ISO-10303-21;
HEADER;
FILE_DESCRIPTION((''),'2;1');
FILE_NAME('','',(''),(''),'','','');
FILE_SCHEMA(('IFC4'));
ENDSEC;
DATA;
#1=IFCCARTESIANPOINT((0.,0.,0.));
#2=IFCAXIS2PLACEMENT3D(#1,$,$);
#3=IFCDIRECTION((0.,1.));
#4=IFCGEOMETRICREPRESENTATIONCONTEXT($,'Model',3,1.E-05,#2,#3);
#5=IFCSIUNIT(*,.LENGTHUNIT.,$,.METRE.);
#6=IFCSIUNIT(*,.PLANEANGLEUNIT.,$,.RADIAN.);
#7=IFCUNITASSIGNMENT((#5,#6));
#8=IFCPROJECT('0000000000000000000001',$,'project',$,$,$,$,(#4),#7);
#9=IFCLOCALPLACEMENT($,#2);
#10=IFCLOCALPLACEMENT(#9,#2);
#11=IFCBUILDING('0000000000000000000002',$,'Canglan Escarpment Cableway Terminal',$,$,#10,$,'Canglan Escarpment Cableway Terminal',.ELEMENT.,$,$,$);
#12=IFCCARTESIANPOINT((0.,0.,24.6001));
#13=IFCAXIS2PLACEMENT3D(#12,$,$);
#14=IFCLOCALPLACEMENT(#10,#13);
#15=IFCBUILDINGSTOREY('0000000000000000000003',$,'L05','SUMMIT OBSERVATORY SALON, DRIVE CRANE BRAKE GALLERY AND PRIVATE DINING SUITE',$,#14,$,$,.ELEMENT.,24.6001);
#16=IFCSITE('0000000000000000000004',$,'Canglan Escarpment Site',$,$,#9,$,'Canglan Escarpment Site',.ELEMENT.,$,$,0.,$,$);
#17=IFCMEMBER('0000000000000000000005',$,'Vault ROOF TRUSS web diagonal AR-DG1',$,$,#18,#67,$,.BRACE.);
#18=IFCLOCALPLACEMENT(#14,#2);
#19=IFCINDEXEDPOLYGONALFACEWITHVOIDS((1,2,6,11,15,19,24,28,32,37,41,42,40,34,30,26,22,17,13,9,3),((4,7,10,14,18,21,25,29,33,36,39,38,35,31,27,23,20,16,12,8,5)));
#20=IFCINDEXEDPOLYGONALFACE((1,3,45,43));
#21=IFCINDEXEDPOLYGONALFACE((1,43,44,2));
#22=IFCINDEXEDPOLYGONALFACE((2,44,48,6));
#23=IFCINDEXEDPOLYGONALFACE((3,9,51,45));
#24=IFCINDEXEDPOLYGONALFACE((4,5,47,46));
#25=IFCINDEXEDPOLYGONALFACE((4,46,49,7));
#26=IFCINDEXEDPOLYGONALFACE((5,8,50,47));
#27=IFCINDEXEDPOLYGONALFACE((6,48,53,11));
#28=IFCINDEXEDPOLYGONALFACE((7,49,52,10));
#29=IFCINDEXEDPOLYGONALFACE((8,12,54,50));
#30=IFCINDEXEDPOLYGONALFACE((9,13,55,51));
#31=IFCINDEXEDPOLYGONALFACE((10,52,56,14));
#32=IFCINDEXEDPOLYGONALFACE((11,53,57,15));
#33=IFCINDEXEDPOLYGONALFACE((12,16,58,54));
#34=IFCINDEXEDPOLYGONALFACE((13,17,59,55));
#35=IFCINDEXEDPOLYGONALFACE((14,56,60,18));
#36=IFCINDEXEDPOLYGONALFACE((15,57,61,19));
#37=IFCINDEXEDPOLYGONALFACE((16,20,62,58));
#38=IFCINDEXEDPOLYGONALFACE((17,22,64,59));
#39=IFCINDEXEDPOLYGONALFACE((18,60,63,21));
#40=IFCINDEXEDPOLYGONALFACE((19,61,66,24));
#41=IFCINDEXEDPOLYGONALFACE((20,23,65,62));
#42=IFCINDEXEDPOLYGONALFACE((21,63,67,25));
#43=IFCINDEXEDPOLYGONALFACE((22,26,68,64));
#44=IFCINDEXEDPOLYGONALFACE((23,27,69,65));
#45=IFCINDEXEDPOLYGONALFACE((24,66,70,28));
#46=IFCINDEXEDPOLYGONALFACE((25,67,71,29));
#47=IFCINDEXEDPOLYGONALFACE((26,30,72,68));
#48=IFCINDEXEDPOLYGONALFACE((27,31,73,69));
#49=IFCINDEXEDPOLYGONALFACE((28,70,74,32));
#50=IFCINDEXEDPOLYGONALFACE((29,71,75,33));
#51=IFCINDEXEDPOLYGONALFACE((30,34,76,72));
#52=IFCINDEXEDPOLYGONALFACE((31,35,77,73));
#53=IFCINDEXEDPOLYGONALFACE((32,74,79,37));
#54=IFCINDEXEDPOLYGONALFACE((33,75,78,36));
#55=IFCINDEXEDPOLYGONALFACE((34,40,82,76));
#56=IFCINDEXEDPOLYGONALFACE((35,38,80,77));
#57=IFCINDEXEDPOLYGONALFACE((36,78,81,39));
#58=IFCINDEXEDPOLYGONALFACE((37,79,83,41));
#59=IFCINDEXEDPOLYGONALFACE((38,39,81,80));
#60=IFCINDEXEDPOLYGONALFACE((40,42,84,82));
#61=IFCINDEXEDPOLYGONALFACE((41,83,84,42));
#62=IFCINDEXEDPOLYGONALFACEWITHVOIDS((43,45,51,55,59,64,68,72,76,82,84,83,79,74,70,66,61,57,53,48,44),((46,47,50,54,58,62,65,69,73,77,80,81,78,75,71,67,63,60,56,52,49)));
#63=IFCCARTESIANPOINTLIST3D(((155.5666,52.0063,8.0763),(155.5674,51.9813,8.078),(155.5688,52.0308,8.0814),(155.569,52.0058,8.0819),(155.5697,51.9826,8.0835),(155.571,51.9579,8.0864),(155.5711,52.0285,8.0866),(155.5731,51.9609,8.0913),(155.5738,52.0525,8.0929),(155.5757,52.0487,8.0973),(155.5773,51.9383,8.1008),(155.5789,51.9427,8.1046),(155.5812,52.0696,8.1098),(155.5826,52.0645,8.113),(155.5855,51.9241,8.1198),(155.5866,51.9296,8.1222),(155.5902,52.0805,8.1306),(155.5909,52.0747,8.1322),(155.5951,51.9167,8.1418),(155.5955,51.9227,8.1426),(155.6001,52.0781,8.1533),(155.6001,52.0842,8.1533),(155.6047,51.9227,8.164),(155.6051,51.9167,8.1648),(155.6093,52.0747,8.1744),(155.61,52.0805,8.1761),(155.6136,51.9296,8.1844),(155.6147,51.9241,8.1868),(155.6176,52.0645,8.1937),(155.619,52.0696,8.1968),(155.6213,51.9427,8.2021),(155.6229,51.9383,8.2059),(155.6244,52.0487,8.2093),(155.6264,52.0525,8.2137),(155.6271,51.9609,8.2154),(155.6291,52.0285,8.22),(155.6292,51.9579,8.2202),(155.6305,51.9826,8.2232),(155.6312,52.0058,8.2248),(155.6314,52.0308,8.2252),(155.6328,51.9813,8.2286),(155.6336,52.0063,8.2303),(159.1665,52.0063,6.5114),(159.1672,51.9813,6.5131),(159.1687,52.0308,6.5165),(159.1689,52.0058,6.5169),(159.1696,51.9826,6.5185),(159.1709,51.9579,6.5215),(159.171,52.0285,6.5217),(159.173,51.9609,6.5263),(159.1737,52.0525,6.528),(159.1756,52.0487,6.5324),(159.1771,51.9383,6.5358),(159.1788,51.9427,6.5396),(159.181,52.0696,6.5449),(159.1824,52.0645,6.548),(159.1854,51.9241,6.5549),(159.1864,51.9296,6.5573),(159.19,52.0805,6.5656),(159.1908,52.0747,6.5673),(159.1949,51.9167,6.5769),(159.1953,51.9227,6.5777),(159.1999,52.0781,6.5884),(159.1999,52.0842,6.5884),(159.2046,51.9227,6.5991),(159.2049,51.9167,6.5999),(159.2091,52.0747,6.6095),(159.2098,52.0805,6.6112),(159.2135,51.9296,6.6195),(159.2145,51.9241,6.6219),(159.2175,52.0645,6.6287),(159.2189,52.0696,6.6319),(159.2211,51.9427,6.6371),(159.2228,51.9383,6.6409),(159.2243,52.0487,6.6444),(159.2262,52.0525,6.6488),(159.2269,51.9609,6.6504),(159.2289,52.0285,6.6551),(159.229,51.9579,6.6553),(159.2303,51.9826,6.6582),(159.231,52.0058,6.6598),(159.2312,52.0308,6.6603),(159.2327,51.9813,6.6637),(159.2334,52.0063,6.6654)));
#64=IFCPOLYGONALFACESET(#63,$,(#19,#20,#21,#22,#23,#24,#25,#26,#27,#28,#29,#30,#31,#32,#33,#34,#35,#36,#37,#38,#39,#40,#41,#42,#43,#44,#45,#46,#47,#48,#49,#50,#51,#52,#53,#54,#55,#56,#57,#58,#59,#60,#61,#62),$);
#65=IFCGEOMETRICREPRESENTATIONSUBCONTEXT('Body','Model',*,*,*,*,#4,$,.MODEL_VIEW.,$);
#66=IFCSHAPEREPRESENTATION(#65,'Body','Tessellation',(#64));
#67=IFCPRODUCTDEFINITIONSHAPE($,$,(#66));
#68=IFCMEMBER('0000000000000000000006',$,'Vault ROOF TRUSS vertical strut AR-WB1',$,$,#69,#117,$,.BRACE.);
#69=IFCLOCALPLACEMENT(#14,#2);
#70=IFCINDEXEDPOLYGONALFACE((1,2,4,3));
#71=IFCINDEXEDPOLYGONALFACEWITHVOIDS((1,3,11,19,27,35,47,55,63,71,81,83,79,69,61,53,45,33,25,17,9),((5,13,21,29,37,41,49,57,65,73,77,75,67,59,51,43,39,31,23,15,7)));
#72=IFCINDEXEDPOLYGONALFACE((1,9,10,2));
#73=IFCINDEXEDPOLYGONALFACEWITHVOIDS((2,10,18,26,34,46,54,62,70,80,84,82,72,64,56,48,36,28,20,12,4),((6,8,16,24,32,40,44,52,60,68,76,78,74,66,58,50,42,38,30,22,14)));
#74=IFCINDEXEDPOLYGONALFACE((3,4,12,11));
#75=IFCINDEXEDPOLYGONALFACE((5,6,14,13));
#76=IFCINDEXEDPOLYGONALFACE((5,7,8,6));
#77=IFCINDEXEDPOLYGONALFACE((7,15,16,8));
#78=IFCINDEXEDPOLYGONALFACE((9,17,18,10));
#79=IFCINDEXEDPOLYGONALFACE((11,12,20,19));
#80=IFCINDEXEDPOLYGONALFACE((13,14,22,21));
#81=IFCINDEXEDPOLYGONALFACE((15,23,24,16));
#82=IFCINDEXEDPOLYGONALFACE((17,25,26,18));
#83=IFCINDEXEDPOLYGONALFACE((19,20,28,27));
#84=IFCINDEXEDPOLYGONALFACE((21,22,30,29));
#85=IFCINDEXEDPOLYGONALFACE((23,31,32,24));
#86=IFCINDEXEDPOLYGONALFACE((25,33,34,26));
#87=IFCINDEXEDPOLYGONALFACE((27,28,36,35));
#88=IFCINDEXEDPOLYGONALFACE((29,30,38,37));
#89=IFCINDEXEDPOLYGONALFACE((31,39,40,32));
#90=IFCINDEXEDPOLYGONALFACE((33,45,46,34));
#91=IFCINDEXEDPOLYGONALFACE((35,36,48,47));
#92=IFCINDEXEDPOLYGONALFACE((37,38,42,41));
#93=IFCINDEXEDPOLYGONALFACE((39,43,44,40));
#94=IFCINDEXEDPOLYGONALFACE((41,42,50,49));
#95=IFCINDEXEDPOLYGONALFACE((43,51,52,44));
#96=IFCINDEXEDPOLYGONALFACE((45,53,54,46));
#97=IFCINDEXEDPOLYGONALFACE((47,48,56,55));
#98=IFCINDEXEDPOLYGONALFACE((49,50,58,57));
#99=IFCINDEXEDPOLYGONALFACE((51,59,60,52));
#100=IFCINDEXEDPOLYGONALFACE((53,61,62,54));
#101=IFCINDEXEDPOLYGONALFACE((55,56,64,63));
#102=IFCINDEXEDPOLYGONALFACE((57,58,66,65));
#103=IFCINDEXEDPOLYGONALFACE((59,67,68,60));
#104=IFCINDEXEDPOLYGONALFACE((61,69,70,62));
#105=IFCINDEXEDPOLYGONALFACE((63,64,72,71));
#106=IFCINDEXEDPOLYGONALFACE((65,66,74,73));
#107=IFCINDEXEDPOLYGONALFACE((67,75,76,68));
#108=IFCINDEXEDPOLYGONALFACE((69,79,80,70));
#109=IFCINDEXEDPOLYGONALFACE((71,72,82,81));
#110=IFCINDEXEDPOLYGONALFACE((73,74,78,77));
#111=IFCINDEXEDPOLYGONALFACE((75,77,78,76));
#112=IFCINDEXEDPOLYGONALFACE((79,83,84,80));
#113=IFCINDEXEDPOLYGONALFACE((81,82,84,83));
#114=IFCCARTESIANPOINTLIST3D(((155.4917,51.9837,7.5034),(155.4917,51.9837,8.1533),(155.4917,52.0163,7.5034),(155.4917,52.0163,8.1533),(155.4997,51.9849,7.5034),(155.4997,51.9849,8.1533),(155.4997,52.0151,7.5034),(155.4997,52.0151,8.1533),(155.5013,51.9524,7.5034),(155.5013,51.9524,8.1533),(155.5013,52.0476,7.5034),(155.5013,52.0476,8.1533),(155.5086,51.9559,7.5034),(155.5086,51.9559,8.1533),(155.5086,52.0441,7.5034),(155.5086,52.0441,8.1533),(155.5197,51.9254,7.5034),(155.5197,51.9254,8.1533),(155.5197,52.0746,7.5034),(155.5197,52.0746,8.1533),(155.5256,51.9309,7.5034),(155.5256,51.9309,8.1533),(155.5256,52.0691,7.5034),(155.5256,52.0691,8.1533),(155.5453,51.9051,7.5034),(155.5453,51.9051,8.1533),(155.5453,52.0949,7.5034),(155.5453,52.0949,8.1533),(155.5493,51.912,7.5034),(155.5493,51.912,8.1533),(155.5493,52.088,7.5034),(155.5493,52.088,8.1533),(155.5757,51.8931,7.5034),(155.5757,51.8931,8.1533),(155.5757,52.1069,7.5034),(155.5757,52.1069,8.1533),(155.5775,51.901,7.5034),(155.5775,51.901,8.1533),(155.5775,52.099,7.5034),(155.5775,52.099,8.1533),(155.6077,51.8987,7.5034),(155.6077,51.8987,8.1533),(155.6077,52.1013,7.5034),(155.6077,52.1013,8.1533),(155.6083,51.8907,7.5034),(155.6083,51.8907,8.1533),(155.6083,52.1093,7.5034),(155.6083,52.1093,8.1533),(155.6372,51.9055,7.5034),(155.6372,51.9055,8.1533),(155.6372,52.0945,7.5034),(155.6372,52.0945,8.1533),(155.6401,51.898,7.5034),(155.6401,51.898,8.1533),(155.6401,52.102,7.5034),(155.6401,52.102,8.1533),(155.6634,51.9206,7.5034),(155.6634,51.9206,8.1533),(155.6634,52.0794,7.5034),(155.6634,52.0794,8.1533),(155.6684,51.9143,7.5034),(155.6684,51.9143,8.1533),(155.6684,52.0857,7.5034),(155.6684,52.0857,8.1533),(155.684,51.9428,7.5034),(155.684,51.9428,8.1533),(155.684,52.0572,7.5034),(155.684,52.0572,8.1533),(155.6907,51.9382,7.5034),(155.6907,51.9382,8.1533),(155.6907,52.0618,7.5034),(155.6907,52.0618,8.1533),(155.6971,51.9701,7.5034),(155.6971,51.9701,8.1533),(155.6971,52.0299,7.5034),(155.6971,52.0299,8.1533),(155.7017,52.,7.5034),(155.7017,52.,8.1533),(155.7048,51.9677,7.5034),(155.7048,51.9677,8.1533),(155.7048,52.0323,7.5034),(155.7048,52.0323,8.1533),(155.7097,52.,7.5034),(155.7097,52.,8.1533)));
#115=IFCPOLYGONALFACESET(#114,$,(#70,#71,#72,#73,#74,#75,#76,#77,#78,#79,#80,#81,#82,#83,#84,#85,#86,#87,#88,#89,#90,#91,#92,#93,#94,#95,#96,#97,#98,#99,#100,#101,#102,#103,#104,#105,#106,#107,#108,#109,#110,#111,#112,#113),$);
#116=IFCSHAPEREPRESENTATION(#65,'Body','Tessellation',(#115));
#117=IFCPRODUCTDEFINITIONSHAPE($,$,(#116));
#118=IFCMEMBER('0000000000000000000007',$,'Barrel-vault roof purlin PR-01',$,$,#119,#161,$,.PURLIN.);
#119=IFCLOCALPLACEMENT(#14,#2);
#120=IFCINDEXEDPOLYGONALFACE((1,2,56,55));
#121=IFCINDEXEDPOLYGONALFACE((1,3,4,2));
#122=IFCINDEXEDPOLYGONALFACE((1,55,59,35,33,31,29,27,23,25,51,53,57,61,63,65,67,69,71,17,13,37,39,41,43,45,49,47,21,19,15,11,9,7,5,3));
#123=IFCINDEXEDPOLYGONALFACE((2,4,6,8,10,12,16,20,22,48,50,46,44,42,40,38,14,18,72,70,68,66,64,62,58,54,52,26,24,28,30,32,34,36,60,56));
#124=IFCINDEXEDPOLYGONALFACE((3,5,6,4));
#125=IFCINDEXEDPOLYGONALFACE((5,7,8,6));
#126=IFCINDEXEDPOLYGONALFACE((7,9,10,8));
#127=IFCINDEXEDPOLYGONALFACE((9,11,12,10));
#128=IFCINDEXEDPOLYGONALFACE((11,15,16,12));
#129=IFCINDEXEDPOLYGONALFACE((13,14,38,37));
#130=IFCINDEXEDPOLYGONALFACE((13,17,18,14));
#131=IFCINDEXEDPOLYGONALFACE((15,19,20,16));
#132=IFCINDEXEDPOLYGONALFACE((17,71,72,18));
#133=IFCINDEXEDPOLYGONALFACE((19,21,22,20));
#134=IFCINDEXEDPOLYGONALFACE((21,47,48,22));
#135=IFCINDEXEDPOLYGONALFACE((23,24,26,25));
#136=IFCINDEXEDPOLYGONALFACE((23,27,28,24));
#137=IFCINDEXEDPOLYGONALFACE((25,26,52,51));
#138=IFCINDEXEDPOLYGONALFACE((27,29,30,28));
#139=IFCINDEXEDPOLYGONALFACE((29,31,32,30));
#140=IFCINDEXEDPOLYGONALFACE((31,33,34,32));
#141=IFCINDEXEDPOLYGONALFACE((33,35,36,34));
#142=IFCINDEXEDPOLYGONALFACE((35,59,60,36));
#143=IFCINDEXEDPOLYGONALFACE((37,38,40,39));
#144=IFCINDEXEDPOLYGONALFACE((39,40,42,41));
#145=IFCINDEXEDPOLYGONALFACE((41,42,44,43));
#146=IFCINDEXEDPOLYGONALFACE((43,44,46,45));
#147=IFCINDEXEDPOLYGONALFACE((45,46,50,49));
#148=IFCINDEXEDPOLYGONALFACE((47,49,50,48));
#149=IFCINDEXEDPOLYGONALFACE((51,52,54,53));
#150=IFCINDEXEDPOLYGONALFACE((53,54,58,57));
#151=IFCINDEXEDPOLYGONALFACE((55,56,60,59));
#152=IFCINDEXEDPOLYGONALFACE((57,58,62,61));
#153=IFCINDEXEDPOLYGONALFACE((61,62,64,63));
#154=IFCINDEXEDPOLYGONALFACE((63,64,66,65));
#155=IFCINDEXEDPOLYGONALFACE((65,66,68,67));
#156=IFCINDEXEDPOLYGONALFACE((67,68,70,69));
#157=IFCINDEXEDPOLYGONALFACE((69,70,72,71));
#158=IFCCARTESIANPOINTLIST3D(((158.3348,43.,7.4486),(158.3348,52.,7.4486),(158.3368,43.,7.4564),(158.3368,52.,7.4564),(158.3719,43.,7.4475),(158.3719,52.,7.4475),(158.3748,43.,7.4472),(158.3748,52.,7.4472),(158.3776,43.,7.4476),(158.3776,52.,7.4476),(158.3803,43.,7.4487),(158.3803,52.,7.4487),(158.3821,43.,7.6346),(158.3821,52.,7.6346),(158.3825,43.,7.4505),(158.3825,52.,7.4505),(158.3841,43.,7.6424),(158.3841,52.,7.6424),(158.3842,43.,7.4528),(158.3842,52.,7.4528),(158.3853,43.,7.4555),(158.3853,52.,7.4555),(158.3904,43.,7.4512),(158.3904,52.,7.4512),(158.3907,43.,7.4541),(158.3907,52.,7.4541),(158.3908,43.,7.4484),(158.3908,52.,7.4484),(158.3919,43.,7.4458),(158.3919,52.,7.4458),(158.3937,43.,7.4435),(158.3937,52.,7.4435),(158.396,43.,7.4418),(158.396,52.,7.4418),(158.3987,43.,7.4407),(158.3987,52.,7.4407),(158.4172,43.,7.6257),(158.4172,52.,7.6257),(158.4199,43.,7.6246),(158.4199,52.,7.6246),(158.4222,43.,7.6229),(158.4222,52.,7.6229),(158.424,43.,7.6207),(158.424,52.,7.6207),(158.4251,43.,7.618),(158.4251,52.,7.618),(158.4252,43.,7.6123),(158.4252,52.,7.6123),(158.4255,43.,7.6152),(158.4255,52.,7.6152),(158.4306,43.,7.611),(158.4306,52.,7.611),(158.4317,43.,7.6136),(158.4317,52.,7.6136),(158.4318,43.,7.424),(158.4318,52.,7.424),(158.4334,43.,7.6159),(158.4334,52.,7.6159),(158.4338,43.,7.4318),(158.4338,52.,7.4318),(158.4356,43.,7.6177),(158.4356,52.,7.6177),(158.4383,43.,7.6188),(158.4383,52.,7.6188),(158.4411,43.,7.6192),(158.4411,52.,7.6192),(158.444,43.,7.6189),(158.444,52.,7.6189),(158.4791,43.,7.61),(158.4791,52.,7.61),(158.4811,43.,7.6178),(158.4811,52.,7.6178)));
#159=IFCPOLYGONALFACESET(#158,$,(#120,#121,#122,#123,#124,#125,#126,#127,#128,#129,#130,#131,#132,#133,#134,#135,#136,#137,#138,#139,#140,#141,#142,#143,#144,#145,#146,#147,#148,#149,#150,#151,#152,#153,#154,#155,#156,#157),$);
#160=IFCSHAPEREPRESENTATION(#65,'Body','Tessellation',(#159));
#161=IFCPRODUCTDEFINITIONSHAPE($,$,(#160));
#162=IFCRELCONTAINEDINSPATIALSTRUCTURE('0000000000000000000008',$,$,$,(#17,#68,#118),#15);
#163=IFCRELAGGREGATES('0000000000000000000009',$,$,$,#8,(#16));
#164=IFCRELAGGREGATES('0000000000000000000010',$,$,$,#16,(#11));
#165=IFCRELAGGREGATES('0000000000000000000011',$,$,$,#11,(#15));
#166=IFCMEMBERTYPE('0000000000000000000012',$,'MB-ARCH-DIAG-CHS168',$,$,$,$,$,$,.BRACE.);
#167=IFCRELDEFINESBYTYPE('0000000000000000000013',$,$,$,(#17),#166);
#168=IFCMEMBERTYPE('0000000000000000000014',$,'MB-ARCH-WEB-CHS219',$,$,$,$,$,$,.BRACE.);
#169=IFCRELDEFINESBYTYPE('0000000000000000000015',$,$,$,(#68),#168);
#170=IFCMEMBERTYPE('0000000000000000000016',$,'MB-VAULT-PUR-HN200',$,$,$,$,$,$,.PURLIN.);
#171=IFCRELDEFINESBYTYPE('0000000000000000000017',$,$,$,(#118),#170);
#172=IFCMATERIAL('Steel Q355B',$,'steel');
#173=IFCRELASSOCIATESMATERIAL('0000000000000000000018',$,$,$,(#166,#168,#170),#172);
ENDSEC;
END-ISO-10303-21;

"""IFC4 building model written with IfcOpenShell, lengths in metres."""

from ifc_helpers import new_model, si_unit, direction, frame, origin, origin_2d, place, context, subcontext, project, spatial, hollow_circle, i_section, extrude, material, material_profile, profile_set, type_object, element, save


model = new_model("IFC4")

# Units and contexts
model_context = context("Model", 3, precision=1e-05, world=origin(), true_north=direction((0.0, 1.0)))
body_context = subcontext(model_context, "Body", "Model", "MODEL_VIEW")
ifc_project = project(units=[si_unit("LENGTHUNIT", "METRE"), si_unit("PLANEANGLEUNIT", "RADIAN")], contexts=[model_context])

# Site, building, storey
site_placement = place(None, origin())
site = spatial("IfcSite", under=ifc_project, at=site_placement, Name="Canglan Escarpment Site", LongName="Canglan Escarpment Site", CompositionType="ELEMENT", RefElevation=0.0)
building_placement = place(site_placement, origin())
building = spatial("IfcBuilding", under=site, at=building_placement, Name="Canglan Escarpment Cableway Terminal", LongName="Canglan Escarpment Cableway Terminal", CompositionType="ELEMENT")
storey_placement = place(building_placement, frame((0.0, 0.0, 24.6001)))
storey = spatial("IfcBuildingStorey", under=building, at=storey_placement, Name="L05", Description="SUMMIT OBSERVATORY SALON, DRIVE CRANE BRAKE GALLERY AND PRIVATE DINING SUITE", CompositionType="ELEMENT", Elevation=24.6001)

# Shared definitions
ifc_material_1 = material(Name="Steel Q355B", Category="steel")

# Members
ifc_material_profile_1 = material_profile(ifc_material_1, hollow_circle(Radius=0.0842, WallThickness=0.0061, at=origin_2d()), Name="CHS 168.3x6")
ifc_profile_set_1 = profile_set([ifc_material_profile_1], Name="Steel Q355B")
member_type_1 = type_object("IfcMemberType", Name="MB-ARCH-DIAG-CHS168", PredefinedType="BRACE", material=ifc_profile_set_1)
member_1_placement = place(storey_placement, frame((155.6001, 52.0, 8.1533), z_axis=(0.91709, 0.0, -0.398681), x_axis=(0.0, 1.0, 0.0)))
element("IfcMember", 1, at=member_1_placement, inside=storey, type_object=member_type_1, Name="Vault ROOF TRUSS web diagonal AR-DG1", PredefinedType="BRACE", context=body_context, shape_type="SweptSolid", body=[
    extrude(hollow_circle(Radius=0.0842, WallThickness=0.0061, at=origin_2d()), origin(), (0.0, 0.0, 1.0), 3.9253),
])
ifc_material_profile_2 = material_profile(ifc_material_1, hollow_circle(Radius=0.1096, WallThickness=0.0081, at=origin_2d()), Name="CHS 219.1x8")
ifc_profile_set_2 = profile_set([ifc_material_profile_2], Name="Steel Q355B")
member_type_2 = type_object("IfcMemberType", Name="MB-ARCH-WEB-CHS219", PredefinedType="BRACE", material=ifc_profile_set_2)
member_2_placement = place(storey_placement, frame((155.6001, 52.0, 7.5034), z_axis=(0.0, 0.0, 1.0), x_axis=(1.0, 0.0, 0.0)))
element("IfcMember", 2, at=member_2_placement, inside=storey, type_object=member_type_2, Name="Vault ROOF TRUSS vertical strut AR-WB1", PredefinedType="BRACE", context=body_context, shape_type="SweptSolid", body=[
    extrude(hollow_circle(Radius=0.1096, WallThickness=0.0081, at=origin_2d()), origin(), (0.0, 0.0, 1.0), 0.6499),
])
ifc_material_profile_3 = material_profile(ifc_material_1, i_section(OverallWidth=0.1001, OverallDepth=0.2, WebThickness=0.0056, FlangeThickness=0.0081, FilletRadius=0.011, at=origin_2d()), Name="HN 200x100x5.5x8")
ifc_profile_set_3 = profile_set([ifc_material_profile_3], Name="Steel Q355B")
member_type_3 = type_object("IfcMemberType", Name="MB-VAULT-PUR-HN200", PredefinedType="PURLIN", material=ifc_profile_set_3)
for number, where, z_axis, x_axis, name in (
    (3, (158.408, 43.0, 7.5332), (0.0, 1.0, 0.0), (-0.969184, 0.0, 0.246339), "Barrel-vault roof purlin PR-01"),
):
    element("IfcMember", number, at=place(storey_placement, frame(where, z_axis=z_axis, x_axis=x_axis)), inside=storey, type_object=member_type_3, Name=name, PredefinedType="PURLIN", context=body_context, shape_type="SweptSolid", body=[
        extrude(i_section(OverallWidth=0.1001, OverallDepth=0.2, WebThickness=0.0056, FlangeThickness=0.0081, FilletRadius=0.011, at=origin_2d()), origin(), (0.0, 0.0, 1.0), 9.0),
    ])

save(model, "model.ifc")
